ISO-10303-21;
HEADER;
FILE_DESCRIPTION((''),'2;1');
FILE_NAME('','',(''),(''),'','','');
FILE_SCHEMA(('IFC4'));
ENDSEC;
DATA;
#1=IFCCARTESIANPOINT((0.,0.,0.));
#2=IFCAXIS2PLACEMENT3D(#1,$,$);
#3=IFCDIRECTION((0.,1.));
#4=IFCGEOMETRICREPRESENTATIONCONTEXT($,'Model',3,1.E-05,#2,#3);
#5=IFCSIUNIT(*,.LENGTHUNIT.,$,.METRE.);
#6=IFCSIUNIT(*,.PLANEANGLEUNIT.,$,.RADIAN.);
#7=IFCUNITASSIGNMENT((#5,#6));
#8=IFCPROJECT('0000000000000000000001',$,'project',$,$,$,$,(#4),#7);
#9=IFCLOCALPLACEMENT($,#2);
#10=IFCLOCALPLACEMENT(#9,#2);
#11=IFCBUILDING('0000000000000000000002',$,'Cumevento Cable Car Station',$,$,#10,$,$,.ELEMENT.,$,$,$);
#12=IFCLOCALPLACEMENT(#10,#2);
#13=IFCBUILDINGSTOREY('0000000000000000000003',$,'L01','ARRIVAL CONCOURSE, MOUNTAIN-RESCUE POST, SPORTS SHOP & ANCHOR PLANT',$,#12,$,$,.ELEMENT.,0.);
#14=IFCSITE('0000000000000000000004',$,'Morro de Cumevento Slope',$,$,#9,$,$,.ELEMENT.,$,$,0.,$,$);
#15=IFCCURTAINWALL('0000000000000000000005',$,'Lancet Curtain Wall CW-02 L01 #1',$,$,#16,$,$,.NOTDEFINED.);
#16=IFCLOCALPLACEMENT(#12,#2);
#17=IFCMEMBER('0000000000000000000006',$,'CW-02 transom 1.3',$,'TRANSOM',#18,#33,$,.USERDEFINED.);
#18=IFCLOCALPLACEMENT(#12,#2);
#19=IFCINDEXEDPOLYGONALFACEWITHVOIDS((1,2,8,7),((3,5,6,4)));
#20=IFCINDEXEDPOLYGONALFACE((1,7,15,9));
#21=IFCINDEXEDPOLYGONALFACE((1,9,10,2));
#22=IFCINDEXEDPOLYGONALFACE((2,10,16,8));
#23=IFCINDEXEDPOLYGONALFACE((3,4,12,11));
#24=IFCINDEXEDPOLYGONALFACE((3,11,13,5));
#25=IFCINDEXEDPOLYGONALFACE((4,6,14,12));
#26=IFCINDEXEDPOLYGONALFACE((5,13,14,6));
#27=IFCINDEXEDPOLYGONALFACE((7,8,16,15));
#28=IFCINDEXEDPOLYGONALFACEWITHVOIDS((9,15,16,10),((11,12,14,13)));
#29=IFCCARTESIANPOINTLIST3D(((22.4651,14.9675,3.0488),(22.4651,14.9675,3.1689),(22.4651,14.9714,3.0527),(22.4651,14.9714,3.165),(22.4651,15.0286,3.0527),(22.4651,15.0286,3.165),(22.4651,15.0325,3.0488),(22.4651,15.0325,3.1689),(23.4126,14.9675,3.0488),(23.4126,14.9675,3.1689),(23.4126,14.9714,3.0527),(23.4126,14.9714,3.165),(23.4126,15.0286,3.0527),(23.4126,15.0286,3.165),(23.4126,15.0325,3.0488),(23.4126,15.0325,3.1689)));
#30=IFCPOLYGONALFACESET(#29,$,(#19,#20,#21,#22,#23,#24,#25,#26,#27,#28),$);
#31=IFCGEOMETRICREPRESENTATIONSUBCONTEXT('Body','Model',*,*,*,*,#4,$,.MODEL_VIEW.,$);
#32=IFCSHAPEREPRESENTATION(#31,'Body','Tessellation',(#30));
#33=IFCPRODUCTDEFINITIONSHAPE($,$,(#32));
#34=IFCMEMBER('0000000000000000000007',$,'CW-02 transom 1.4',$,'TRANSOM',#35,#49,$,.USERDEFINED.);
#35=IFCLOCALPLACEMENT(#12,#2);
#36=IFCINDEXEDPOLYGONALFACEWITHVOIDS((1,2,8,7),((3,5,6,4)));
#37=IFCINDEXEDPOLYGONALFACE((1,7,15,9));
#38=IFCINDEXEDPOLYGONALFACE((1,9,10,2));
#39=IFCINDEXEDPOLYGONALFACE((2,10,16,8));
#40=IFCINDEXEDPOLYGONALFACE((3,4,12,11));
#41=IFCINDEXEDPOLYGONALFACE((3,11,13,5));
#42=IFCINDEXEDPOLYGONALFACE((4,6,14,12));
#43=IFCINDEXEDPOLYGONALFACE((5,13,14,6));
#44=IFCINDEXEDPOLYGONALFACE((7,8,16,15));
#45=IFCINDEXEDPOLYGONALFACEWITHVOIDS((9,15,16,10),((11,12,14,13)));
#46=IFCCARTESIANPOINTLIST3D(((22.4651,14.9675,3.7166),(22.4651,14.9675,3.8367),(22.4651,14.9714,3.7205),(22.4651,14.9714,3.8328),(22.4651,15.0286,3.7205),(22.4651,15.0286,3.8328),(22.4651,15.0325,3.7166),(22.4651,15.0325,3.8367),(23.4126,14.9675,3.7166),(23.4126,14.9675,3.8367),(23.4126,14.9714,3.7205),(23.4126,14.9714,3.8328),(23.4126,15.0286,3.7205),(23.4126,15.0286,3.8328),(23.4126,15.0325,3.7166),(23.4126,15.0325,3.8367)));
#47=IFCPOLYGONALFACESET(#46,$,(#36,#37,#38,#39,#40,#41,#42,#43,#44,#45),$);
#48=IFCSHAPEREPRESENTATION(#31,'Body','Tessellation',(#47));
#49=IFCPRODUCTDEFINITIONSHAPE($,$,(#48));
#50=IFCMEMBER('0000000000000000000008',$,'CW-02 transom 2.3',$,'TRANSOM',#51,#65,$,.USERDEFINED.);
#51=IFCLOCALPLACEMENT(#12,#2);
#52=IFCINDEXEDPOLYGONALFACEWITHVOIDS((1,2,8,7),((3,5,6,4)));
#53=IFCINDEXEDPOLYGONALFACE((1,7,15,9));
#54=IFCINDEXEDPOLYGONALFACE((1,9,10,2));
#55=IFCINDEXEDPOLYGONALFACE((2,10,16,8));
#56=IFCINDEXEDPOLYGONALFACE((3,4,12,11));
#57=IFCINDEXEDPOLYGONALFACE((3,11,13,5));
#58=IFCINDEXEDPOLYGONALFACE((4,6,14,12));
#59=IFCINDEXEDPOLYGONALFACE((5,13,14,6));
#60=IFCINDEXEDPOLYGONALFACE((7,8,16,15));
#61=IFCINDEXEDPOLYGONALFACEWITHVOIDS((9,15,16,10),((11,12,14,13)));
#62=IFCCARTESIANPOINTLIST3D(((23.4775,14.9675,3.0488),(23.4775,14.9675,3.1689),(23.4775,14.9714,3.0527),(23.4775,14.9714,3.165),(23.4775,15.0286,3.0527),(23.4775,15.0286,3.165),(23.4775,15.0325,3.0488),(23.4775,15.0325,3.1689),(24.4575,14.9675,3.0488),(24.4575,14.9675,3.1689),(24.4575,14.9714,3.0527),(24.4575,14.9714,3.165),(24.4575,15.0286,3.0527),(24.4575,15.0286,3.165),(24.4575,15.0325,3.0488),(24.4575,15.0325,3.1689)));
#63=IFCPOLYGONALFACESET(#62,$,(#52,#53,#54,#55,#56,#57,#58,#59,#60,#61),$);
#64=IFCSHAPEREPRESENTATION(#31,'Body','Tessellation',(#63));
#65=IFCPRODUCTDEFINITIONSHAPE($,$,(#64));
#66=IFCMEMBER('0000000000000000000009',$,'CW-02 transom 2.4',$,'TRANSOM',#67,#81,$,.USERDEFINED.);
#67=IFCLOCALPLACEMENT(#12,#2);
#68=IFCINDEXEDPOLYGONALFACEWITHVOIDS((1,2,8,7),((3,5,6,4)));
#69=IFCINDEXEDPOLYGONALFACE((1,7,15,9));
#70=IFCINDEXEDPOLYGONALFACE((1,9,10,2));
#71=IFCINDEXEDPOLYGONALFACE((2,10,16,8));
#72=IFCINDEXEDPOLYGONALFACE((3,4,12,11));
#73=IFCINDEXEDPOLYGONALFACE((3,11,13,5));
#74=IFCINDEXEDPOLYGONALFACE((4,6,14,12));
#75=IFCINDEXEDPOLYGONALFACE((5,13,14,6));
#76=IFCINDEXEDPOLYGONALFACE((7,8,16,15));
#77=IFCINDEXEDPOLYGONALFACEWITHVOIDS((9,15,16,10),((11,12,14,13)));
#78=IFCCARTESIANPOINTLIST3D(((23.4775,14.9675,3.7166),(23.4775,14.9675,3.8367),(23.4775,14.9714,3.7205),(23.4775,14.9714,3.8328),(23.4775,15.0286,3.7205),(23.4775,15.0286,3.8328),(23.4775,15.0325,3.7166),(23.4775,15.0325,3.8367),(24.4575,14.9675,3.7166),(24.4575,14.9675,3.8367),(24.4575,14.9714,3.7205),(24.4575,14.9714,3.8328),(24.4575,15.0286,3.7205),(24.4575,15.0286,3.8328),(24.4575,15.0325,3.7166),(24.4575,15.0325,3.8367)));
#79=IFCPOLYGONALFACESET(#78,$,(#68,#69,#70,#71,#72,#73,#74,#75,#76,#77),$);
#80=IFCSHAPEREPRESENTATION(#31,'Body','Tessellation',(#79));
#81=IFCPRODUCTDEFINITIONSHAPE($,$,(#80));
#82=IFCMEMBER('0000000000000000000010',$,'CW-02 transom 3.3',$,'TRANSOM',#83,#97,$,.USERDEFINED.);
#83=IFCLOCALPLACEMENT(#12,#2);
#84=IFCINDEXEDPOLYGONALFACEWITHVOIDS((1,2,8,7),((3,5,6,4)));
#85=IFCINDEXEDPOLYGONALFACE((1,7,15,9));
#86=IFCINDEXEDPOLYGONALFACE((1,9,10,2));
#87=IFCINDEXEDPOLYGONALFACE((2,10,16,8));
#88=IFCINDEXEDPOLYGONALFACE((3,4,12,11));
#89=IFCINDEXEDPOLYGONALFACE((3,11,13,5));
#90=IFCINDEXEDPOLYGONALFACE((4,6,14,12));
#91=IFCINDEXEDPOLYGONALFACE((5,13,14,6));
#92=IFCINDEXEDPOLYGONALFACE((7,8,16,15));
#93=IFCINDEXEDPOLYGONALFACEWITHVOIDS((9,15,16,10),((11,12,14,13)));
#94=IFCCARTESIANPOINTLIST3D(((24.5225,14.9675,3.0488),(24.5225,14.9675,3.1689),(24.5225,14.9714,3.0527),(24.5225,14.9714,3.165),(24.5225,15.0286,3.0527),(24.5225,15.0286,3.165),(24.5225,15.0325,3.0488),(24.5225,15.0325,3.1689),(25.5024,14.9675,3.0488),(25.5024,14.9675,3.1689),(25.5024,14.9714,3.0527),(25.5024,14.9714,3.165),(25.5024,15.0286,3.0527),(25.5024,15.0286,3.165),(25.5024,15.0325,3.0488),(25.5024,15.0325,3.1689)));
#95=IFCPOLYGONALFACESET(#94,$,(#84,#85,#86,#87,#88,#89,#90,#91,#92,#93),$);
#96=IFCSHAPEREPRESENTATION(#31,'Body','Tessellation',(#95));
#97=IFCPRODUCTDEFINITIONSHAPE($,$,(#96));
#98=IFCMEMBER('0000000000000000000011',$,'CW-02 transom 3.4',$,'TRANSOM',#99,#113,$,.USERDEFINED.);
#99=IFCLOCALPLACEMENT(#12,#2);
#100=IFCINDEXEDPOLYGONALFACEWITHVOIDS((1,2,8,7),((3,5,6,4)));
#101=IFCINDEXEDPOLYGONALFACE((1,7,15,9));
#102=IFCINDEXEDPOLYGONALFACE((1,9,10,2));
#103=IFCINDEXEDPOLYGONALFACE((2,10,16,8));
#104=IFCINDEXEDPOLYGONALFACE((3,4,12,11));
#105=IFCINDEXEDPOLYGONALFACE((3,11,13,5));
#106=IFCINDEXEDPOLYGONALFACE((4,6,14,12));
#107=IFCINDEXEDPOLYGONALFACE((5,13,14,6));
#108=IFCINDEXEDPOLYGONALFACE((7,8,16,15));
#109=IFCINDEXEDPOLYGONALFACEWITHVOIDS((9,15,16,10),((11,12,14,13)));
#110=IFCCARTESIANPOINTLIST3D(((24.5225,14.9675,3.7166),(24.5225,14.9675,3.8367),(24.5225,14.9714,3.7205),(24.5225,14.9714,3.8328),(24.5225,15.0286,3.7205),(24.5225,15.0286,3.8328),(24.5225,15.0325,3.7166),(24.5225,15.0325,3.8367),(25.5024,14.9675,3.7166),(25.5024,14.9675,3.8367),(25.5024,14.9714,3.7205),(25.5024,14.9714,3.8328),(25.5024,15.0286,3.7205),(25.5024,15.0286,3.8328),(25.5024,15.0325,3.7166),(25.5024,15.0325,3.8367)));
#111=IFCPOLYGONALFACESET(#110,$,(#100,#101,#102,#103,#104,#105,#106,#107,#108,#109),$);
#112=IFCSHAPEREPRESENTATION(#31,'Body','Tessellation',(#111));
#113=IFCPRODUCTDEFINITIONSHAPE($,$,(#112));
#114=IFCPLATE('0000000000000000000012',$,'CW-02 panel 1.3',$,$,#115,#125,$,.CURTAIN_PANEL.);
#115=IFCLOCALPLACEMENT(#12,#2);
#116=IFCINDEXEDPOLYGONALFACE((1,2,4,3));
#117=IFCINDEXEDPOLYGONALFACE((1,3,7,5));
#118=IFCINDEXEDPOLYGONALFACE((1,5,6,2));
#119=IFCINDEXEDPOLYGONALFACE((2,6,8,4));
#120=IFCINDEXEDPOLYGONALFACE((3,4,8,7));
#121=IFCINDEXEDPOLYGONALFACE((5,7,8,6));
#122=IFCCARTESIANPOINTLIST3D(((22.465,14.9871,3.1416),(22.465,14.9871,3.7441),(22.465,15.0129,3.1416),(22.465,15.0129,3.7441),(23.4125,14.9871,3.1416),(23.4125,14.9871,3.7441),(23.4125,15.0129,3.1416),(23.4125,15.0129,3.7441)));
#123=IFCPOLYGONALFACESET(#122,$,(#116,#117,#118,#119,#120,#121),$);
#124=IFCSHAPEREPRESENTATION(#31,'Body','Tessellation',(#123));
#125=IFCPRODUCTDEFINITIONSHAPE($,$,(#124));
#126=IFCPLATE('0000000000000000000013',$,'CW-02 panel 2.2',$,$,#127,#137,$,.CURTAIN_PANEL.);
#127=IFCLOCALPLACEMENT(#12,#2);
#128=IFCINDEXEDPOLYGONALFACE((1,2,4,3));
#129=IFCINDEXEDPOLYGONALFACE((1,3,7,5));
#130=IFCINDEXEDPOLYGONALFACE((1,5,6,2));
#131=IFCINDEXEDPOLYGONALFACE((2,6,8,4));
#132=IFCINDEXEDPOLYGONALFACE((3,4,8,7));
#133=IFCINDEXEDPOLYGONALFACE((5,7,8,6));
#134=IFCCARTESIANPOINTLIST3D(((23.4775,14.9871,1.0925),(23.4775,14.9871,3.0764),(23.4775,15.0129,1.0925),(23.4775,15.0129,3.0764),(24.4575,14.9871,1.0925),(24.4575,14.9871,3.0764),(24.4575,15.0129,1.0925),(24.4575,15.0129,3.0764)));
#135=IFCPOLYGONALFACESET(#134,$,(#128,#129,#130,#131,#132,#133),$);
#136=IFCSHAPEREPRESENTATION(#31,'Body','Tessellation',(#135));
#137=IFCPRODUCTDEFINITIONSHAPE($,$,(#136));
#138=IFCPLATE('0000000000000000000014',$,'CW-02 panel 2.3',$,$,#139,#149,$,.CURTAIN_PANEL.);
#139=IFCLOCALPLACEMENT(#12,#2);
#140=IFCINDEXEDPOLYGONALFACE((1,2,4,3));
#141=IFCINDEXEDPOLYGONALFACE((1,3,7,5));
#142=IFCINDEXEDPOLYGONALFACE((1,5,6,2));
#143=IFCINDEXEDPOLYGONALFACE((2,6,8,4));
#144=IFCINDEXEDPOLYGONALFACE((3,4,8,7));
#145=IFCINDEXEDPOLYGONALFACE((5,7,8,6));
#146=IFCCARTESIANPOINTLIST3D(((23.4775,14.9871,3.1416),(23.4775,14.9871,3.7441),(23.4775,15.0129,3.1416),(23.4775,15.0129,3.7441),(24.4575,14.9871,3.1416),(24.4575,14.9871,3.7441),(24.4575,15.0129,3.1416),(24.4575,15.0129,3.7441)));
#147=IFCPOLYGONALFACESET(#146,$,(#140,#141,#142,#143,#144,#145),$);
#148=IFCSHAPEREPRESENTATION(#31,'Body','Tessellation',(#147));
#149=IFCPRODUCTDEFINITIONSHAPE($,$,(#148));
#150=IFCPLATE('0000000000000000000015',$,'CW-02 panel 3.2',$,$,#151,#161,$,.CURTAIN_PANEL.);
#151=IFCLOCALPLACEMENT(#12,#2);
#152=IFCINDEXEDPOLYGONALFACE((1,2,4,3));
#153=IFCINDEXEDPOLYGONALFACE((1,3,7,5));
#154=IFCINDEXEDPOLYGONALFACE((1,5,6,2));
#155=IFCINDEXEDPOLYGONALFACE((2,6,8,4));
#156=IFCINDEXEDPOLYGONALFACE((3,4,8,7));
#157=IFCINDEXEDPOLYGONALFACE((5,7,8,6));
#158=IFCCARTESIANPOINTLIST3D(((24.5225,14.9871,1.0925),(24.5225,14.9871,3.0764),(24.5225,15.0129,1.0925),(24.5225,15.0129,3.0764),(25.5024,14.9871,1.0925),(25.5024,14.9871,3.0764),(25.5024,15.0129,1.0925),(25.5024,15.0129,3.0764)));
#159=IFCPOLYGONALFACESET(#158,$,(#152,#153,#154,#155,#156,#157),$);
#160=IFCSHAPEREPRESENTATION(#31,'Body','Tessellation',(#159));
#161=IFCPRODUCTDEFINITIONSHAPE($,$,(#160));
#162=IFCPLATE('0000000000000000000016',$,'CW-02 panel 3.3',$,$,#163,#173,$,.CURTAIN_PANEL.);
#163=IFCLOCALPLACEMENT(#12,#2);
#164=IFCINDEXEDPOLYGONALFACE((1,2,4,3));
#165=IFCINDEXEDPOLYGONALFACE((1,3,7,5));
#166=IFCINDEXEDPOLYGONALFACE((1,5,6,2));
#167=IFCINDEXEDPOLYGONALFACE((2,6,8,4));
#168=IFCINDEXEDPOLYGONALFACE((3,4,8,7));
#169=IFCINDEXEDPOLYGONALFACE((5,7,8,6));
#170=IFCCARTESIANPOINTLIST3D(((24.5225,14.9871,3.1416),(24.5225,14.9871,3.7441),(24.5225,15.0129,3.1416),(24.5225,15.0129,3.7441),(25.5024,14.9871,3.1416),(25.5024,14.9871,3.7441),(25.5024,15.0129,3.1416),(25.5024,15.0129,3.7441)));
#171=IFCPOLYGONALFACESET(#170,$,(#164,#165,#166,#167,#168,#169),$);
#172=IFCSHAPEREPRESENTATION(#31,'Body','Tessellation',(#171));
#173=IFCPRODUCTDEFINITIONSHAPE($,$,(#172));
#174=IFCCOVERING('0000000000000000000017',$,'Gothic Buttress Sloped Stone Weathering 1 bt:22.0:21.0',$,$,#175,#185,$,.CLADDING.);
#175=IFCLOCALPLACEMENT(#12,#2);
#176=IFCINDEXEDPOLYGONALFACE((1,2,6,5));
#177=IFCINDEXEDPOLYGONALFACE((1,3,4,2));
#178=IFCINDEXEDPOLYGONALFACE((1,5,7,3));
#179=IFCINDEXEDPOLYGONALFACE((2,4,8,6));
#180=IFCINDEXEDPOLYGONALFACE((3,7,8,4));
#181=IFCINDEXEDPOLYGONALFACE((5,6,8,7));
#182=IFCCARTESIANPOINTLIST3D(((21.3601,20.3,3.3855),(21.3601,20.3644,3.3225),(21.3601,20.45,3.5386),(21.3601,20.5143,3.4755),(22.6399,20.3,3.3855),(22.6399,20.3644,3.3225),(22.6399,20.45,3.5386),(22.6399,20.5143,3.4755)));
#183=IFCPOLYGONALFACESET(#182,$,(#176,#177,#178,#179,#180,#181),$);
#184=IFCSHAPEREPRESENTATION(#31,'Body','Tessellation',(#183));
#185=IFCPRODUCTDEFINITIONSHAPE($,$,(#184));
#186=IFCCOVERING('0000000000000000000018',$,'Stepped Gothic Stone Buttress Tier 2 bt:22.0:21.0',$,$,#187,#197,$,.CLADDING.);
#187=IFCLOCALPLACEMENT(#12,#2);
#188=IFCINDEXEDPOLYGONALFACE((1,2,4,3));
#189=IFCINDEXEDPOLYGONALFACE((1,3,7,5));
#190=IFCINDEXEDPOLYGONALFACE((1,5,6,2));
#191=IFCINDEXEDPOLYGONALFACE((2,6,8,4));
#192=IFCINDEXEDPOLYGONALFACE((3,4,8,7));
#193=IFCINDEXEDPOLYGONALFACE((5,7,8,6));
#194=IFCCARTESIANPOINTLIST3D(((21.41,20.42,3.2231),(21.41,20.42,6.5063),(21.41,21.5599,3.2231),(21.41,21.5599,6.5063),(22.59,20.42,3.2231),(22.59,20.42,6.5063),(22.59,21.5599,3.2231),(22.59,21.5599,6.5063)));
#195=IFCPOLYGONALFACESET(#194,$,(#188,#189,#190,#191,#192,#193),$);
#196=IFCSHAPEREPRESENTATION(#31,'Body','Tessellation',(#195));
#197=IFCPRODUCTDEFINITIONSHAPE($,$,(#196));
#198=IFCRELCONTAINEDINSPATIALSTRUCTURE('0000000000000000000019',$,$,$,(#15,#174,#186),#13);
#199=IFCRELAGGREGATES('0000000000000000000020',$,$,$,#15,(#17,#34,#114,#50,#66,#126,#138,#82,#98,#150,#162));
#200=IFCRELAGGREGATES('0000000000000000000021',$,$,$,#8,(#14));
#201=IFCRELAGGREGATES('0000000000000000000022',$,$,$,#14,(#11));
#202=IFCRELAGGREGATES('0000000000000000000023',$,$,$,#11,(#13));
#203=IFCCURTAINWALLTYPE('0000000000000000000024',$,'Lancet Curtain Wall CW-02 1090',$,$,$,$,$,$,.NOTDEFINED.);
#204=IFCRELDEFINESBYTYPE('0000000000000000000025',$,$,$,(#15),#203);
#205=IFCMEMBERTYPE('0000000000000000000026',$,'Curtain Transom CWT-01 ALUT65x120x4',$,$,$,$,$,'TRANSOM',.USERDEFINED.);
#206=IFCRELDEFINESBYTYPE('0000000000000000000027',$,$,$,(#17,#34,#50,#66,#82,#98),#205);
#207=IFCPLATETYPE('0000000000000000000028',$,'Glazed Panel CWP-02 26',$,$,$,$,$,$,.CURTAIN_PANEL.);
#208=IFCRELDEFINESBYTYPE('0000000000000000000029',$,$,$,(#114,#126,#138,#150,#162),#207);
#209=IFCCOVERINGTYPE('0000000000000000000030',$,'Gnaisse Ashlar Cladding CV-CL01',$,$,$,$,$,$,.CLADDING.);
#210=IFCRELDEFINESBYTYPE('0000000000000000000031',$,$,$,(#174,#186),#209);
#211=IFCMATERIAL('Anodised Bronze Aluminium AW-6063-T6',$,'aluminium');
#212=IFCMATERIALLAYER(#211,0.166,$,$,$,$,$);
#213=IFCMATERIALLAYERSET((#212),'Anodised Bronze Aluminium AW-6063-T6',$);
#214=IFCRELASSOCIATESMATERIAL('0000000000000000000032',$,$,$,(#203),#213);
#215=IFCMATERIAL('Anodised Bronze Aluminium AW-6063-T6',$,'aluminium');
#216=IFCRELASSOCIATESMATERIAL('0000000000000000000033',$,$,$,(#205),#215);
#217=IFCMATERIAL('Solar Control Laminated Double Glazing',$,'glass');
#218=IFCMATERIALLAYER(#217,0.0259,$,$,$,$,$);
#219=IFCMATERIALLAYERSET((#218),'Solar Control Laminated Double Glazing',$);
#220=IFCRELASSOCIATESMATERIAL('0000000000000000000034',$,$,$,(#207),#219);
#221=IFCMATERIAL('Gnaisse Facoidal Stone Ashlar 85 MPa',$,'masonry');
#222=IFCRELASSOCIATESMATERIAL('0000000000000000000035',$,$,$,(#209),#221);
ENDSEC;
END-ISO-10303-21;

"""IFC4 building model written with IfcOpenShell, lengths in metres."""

from ifc_helpers import new_model, si_unit, direction, frame, origin, origin_2d, place, context, subcontext, project, spatial, polyline, rectangle, hollow_rectangle, outline, extrude, material, layer, layer_set, material_profile, profile_set, type_object, element, aggregate, save


model = new_model("IFC4")

# Units and contexts
model_context = context("Model", 3, precision=1e-05, world=origin(), true_north=direction((0.0, 1.0)))
body_context = subcontext(model_context, "Body", "Model", "MODEL_VIEW")
ifc_project = project(units=[si_unit("LENGTHUNIT", "METRE"), si_unit("PLANEANGLEUNIT", "RADIAN")], contexts=[model_context])

# Site, building, storey
site_placement = place(None, origin())
site = spatial("IfcSite", under=ifc_project, at=site_placement, Name="Morro de Cumevento Slope", CompositionType="ELEMENT", RefElevation=0.0)
building_placement = place(site_placement, origin())
building = spatial("IfcBuilding", under=site, at=building_placement, Name="Cumevento Cable Car Station", CompositionType="ELEMENT")
storey_placement = place(building_placement, origin())
storey = spatial("IfcBuildingStorey", under=building, at=storey_placement, Name="L01", Description="ARRIVAL CONCOURSE, MOUNTAIN-RESCUE POST, SPORTS SHOP & ANCHOR PLANT", CompositionType="ELEMENT", Elevation=0.0)

# Curtain wall, members, plates
ifc_material_1 = material(Name="Anodised Bronze Aluminium AW-6063-T6", Category="aluminium")
ifc_layer_1 = layer(ifc_material_1, 0.166)
ifc_layer_set_1 = layer_set([ifc_layer_1], Name="Anodised Bronze Aluminium AW-6063-T6")
curtain_wall_type = type_object("IfcCurtainWallType", Name="Lancet Curtain Wall CW-02 1090", PredefinedType="NOTDEFINED", material=ifc_layer_set_1)
curtain_wall_placement = place(storey_placement, origin())
curtain_wall = element("IfcCurtainWall", 1, at=curtain_wall_placement, inside=storey, type_object=curtain_wall_type, Name="Lancet Curtain Wall CW-02 L01 #1", PredefinedType="NOTDEFINED")
ifc_material_2 = material(Name="Anodised Bronze Aluminium AW-6063-T6", Category="aluminium")
ifc_material_profile = material_profile(ifc_material_2, hollow_rectangle(XDim=0.0649, YDim=0.1201, WallThickness=0.0039, at=origin_2d()), Name="ALUT65x120x4")
ifc_profile_set = profile_set([ifc_material_profile], Name="Anodised Bronze Aluminium AW-6063-T6")
member_type = type_object("IfcMemberType", Name="Curtain Transom CWT-01 ALUT65x120x4", ElementType="TRANSOM", PredefinedType="USERDEFINED", material=ifc_profile_set)
member_1_placement = place(storey_placement, frame((22.4651, 15.0, 3.1089), z_axis=(1.0, 0.0, 0.0), x_axis=(0.0, 1.0, 0.0)))
member_1 = element("IfcMember", 2, at=member_1_placement, type_object=member_type, Name="CW-02 transom 1.3", ObjectType="TRANSOM", PredefinedType="USERDEFINED", context=body_context, shape_type="SweptSolid", body=[
    extrude(hollow_rectangle(XDim=0.0649, YDim=0.1201, WallThickness=0.0039, at=origin_2d()), origin(), (0.0, 0.0, 1.0), 0.9475),
])
member_2_placement = place(storey_placement, frame((22.4651, 15.0, 3.7766), z_axis=(1.0, 0.0, 0.0), x_axis=(0.0, 1.0, 0.0)))
member_2 = element("IfcMember", 3, at=member_2_placement, type_object=member_type, Name="CW-02 transom 1.4", ObjectType="TRANSOM", PredefinedType="USERDEFINED", context=body_context, shape_type="SweptSolid", body=[
    extrude(hollow_rectangle(XDim=0.0649, YDim=0.1201, WallThickness=0.0039, at=origin_2d()), origin(), (0.0, 0.0, 1.0), 0.9475),
])
member_3_placement = place(storey_placement, frame((23.4775, 15.0, 3.1089), z_axis=(1.0, 0.0, 0.0), x_axis=(0.0, 1.0, 0.0)))
member_3 = element("IfcMember", 4, at=member_3_placement, type_object=member_type, Name="CW-02 transom 2.3", ObjectType="TRANSOM", PredefinedType="USERDEFINED", context=body_context, shape_type="SweptSolid", body=[
    extrude(hollow_rectangle(XDim=0.0649, YDim=0.1201, WallThickness=0.0039, at=origin_2d()), origin(), (0.0, 0.0, 1.0), 0.98),
])
member_4_placement = place(storey_placement, frame((23.4775, 15.0, 3.7766), z_axis=(1.0, 0.0, 0.0), x_axis=(0.0, 1.0, 0.0)))
member_4 = element("IfcMember", 5, at=member_4_placement, type_object=member_type, Name="CW-02 transom 2.4", ObjectType="TRANSOM", PredefinedType="USERDEFINED", context=body_context, shape_type="SweptSolid", body=[
    extrude(hollow_rectangle(XDim=0.0649, YDim=0.1201, WallThickness=0.0039, at=origin_2d()), origin(), (0.0, 0.0, 1.0), 0.98),
])
member_5_placement = place(storey_placement, frame((24.5225, 15.0, 3.1089), z_axis=(1.0, 0.0, 0.0), x_axis=(0.0, 1.0, 0.0)))
member_5 = element("IfcMember", 6, at=member_5_placement, type_object=member_type, Name="CW-02 transom 3.3", ObjectType="TRANSOM", PredefinedType="USERDEFINED", context=body_context, shape_type="SweptSolid", body=[
    extrude(hollow_rectangle(XDim=0.0649, YDim=0.1201, WallThickness=0.0039, at=origin_2d()), origin(), (0.0, 0.0, 1.0), 0.98),
])
member_6_placement = place(storey_placement, frame((24.5225, 15.0, 3.7766), z_axis=(1.0, 0.0, 0.0), x_axis=(0.0, 1.0, 0.0)))
member_6 = element("IfcMember", 7, at=member_6_placement, type_object=member_type, Name="CW-02 transom 3.4", ObjectType="TRANSOM", PredefinedType="USERDEFINED", context=body_context, shape_type="SweptSolid", body=[
    extrude(hollow_rectangle(XDim=0.0649, YDim=0.1201, WallThickness=0.0039, at=origin_2d()), origin(), (0.0, 0.0, 1.0), 0.98),
])
ifc_material_3 = material(Name="Solar Control Laminated Double Glazing", Category="glass")
ifc_layer_2 = layer(ifc_material_3, 0.0259)
ifc_layer_set_2 = layer_set([ifc_layer_2], Name="Solar Control Laminated Double Glazing")
plate_type = type_object("IfcPlateType", Name="Glazed Panel CWP-02 26", PredefinedType="CURTAIN_PANEL", material=ifc_layer_set_2)
plate_1_placement = place(storey_placement, frame((22.9387, 15.0, 3.1416), z_axis=(0.0, 0.0, 1.0), x_axis=(1.0, 0.0, 0.0)))
plate_1 = element("IfcPlate", 8, at=plate_1_placement, type_object=plate_type, Name="CW-02 panel 1.3", PredefinedType="CURTAIN_PANEL", context=body_context, shape_type="SweptSolid", body=[
    extrude(rectangle(XDim=0.9475, YDim=0.0259, at=origin_2d()), origin(), (0.0, 0.0, 1.0), 0.6025),
])
plate_2_placement = place(storey_placement, frame((23.9675, 15.0, 1.0925), z_axis=(0.0, 0.0, 1.0), x_axis=(1.0, 0.0, 0.0)))
plate_2 = element("IfcPlate", 9, at=plate_2_placement, type_object=plate_type, Name="CW-02 panel 2.2", PredefinedType="CURTAIN_PANEL", context=body_context, shape_type="SweptSolid", body=[
    extrude(rectangle(XDim=0.98, YDim=0.0259, at=origin_2d()), origin(), (0.0, 0.0, 1.0), 1.9839),
])
plate_3_placement = place(storey_placement, frame((23.9675, 15.0, 3.1416), z_axis=(0.0, 0.0, 1.0), x_axis=(1.0, 0.0, 0.0)))
plate_3 = element("IfcPlate", 10, at=plate_3_placement, type_object=plate_type, Name="CW-02 panel 2.3", PredefinedType="CURTAIN_PANEL", context=body_context, shape_type="SweptSolid", body=[
    extrude(rectangle(XDim=0.98, YDim=0.0259, at=origin_2d()), origin(), (0.0, 0.0, 1.0), 0.6025),
])
plate_4_placement = place(storey_placement, frame((25.0125, 15.0, 1.0925), z_axis=(0.0, 0.0, 1.0), x_axis=(1.0, 0.0, 0.0)))
plate_4 = element("IfcPlate", 11, at=plate_4_placement, type_object=plate_type, Name="CW-02 panel 3.2", PredefinedType="CURTAIN_PANEL", context=body_context, shape_type="SweptSolid", body=[
    extrude(rectangle(XDim=0.98, YDim=0.0259, at=origin_2d()), origin(), (0.0, 0.0, 1.0), 1.9839),
])
plate_5_placement = place(storey_placement, frame((25.0125, 15.0, 3.1416), z_axis=(0.0, 0.0, 1.0), x_axis=(1.0, 0.0, 0.0)))
plate_5 = element("IfcPlate", 12, at=plate_5_placement, type_object=plate_type, Name="CW-02 panel 3.3", PredefinedType="CURTAIN_PANEL", context=body_context, shape_type="SweptSolid", body=[
    extrude(rectangle(XDim=0.98, YDim=0.0259, at=origin_2d()), origin(), (0.0, 0.0, 1.0), 0.6025),
])
aggregate(curtain_wall, [member_1, member_2, plate_1, member_3, member_4, plate_2, plate_3, member_5, member_6, plate_4, plate_5])

# Coverings
ifc_material_4 = material(Name="Gnaisse Facoidal Stone Ashlar 85 MPa", Category="masonry")
covering_type = type_object("IfcCoveringType", Name="Gnaisse Ashlar Cladding CV-CL01", PredefinedType="CLADDING", material=ifc_material_4)
covering_1_placement = place(storey_placement, frame((21.3601, 20.3, 3.3855), z_axis=(0.0, -0.714475, 0.699661), x_axis=(1.0, 0.0, 0.0)))
element("IfcCovering", 13, at=covering_1_placement, inside=storey, type_object=covering_type, Name="Gothic Buttress Sloped Stone Weathering 1 bt:22.0:21.0", PredefinedType="CLADDING", context=body_context, shape_type="SweptSolid", body=[
    extrude(outline(polyline([(0.0, 0.0), (1.2798, 0.0), (1.2798, 0.2142), (0.0, 0.2142), (0.0, 0.0)])), origin(), (0.0, 0.0, -1.0), 0.0901),
])
covering_2_placement = place(storey_placement, frame((22.0, 20.99, 3.2231), z_axis=(0.0, 0.0, 1.0), x_axis=(1.0, 0.0, 0.0)))
element("IfcCovering", 14, at=covering_2_placement, inside=storey, type_object=covering_type, Name="Stepped Gothic Stone Buttress Tier 2 bt:22.0:21.0", PredefinedType="CLADDING", context=body_context, shape_type="SweptSolid", body=[
    extrude(rectangle(XDim=1.1799, YDim=1.1399, at=origin_2d()), origin(), (0.0, 0.0, 1.0), 3.2832),
])

save(model, "model.ifc")
